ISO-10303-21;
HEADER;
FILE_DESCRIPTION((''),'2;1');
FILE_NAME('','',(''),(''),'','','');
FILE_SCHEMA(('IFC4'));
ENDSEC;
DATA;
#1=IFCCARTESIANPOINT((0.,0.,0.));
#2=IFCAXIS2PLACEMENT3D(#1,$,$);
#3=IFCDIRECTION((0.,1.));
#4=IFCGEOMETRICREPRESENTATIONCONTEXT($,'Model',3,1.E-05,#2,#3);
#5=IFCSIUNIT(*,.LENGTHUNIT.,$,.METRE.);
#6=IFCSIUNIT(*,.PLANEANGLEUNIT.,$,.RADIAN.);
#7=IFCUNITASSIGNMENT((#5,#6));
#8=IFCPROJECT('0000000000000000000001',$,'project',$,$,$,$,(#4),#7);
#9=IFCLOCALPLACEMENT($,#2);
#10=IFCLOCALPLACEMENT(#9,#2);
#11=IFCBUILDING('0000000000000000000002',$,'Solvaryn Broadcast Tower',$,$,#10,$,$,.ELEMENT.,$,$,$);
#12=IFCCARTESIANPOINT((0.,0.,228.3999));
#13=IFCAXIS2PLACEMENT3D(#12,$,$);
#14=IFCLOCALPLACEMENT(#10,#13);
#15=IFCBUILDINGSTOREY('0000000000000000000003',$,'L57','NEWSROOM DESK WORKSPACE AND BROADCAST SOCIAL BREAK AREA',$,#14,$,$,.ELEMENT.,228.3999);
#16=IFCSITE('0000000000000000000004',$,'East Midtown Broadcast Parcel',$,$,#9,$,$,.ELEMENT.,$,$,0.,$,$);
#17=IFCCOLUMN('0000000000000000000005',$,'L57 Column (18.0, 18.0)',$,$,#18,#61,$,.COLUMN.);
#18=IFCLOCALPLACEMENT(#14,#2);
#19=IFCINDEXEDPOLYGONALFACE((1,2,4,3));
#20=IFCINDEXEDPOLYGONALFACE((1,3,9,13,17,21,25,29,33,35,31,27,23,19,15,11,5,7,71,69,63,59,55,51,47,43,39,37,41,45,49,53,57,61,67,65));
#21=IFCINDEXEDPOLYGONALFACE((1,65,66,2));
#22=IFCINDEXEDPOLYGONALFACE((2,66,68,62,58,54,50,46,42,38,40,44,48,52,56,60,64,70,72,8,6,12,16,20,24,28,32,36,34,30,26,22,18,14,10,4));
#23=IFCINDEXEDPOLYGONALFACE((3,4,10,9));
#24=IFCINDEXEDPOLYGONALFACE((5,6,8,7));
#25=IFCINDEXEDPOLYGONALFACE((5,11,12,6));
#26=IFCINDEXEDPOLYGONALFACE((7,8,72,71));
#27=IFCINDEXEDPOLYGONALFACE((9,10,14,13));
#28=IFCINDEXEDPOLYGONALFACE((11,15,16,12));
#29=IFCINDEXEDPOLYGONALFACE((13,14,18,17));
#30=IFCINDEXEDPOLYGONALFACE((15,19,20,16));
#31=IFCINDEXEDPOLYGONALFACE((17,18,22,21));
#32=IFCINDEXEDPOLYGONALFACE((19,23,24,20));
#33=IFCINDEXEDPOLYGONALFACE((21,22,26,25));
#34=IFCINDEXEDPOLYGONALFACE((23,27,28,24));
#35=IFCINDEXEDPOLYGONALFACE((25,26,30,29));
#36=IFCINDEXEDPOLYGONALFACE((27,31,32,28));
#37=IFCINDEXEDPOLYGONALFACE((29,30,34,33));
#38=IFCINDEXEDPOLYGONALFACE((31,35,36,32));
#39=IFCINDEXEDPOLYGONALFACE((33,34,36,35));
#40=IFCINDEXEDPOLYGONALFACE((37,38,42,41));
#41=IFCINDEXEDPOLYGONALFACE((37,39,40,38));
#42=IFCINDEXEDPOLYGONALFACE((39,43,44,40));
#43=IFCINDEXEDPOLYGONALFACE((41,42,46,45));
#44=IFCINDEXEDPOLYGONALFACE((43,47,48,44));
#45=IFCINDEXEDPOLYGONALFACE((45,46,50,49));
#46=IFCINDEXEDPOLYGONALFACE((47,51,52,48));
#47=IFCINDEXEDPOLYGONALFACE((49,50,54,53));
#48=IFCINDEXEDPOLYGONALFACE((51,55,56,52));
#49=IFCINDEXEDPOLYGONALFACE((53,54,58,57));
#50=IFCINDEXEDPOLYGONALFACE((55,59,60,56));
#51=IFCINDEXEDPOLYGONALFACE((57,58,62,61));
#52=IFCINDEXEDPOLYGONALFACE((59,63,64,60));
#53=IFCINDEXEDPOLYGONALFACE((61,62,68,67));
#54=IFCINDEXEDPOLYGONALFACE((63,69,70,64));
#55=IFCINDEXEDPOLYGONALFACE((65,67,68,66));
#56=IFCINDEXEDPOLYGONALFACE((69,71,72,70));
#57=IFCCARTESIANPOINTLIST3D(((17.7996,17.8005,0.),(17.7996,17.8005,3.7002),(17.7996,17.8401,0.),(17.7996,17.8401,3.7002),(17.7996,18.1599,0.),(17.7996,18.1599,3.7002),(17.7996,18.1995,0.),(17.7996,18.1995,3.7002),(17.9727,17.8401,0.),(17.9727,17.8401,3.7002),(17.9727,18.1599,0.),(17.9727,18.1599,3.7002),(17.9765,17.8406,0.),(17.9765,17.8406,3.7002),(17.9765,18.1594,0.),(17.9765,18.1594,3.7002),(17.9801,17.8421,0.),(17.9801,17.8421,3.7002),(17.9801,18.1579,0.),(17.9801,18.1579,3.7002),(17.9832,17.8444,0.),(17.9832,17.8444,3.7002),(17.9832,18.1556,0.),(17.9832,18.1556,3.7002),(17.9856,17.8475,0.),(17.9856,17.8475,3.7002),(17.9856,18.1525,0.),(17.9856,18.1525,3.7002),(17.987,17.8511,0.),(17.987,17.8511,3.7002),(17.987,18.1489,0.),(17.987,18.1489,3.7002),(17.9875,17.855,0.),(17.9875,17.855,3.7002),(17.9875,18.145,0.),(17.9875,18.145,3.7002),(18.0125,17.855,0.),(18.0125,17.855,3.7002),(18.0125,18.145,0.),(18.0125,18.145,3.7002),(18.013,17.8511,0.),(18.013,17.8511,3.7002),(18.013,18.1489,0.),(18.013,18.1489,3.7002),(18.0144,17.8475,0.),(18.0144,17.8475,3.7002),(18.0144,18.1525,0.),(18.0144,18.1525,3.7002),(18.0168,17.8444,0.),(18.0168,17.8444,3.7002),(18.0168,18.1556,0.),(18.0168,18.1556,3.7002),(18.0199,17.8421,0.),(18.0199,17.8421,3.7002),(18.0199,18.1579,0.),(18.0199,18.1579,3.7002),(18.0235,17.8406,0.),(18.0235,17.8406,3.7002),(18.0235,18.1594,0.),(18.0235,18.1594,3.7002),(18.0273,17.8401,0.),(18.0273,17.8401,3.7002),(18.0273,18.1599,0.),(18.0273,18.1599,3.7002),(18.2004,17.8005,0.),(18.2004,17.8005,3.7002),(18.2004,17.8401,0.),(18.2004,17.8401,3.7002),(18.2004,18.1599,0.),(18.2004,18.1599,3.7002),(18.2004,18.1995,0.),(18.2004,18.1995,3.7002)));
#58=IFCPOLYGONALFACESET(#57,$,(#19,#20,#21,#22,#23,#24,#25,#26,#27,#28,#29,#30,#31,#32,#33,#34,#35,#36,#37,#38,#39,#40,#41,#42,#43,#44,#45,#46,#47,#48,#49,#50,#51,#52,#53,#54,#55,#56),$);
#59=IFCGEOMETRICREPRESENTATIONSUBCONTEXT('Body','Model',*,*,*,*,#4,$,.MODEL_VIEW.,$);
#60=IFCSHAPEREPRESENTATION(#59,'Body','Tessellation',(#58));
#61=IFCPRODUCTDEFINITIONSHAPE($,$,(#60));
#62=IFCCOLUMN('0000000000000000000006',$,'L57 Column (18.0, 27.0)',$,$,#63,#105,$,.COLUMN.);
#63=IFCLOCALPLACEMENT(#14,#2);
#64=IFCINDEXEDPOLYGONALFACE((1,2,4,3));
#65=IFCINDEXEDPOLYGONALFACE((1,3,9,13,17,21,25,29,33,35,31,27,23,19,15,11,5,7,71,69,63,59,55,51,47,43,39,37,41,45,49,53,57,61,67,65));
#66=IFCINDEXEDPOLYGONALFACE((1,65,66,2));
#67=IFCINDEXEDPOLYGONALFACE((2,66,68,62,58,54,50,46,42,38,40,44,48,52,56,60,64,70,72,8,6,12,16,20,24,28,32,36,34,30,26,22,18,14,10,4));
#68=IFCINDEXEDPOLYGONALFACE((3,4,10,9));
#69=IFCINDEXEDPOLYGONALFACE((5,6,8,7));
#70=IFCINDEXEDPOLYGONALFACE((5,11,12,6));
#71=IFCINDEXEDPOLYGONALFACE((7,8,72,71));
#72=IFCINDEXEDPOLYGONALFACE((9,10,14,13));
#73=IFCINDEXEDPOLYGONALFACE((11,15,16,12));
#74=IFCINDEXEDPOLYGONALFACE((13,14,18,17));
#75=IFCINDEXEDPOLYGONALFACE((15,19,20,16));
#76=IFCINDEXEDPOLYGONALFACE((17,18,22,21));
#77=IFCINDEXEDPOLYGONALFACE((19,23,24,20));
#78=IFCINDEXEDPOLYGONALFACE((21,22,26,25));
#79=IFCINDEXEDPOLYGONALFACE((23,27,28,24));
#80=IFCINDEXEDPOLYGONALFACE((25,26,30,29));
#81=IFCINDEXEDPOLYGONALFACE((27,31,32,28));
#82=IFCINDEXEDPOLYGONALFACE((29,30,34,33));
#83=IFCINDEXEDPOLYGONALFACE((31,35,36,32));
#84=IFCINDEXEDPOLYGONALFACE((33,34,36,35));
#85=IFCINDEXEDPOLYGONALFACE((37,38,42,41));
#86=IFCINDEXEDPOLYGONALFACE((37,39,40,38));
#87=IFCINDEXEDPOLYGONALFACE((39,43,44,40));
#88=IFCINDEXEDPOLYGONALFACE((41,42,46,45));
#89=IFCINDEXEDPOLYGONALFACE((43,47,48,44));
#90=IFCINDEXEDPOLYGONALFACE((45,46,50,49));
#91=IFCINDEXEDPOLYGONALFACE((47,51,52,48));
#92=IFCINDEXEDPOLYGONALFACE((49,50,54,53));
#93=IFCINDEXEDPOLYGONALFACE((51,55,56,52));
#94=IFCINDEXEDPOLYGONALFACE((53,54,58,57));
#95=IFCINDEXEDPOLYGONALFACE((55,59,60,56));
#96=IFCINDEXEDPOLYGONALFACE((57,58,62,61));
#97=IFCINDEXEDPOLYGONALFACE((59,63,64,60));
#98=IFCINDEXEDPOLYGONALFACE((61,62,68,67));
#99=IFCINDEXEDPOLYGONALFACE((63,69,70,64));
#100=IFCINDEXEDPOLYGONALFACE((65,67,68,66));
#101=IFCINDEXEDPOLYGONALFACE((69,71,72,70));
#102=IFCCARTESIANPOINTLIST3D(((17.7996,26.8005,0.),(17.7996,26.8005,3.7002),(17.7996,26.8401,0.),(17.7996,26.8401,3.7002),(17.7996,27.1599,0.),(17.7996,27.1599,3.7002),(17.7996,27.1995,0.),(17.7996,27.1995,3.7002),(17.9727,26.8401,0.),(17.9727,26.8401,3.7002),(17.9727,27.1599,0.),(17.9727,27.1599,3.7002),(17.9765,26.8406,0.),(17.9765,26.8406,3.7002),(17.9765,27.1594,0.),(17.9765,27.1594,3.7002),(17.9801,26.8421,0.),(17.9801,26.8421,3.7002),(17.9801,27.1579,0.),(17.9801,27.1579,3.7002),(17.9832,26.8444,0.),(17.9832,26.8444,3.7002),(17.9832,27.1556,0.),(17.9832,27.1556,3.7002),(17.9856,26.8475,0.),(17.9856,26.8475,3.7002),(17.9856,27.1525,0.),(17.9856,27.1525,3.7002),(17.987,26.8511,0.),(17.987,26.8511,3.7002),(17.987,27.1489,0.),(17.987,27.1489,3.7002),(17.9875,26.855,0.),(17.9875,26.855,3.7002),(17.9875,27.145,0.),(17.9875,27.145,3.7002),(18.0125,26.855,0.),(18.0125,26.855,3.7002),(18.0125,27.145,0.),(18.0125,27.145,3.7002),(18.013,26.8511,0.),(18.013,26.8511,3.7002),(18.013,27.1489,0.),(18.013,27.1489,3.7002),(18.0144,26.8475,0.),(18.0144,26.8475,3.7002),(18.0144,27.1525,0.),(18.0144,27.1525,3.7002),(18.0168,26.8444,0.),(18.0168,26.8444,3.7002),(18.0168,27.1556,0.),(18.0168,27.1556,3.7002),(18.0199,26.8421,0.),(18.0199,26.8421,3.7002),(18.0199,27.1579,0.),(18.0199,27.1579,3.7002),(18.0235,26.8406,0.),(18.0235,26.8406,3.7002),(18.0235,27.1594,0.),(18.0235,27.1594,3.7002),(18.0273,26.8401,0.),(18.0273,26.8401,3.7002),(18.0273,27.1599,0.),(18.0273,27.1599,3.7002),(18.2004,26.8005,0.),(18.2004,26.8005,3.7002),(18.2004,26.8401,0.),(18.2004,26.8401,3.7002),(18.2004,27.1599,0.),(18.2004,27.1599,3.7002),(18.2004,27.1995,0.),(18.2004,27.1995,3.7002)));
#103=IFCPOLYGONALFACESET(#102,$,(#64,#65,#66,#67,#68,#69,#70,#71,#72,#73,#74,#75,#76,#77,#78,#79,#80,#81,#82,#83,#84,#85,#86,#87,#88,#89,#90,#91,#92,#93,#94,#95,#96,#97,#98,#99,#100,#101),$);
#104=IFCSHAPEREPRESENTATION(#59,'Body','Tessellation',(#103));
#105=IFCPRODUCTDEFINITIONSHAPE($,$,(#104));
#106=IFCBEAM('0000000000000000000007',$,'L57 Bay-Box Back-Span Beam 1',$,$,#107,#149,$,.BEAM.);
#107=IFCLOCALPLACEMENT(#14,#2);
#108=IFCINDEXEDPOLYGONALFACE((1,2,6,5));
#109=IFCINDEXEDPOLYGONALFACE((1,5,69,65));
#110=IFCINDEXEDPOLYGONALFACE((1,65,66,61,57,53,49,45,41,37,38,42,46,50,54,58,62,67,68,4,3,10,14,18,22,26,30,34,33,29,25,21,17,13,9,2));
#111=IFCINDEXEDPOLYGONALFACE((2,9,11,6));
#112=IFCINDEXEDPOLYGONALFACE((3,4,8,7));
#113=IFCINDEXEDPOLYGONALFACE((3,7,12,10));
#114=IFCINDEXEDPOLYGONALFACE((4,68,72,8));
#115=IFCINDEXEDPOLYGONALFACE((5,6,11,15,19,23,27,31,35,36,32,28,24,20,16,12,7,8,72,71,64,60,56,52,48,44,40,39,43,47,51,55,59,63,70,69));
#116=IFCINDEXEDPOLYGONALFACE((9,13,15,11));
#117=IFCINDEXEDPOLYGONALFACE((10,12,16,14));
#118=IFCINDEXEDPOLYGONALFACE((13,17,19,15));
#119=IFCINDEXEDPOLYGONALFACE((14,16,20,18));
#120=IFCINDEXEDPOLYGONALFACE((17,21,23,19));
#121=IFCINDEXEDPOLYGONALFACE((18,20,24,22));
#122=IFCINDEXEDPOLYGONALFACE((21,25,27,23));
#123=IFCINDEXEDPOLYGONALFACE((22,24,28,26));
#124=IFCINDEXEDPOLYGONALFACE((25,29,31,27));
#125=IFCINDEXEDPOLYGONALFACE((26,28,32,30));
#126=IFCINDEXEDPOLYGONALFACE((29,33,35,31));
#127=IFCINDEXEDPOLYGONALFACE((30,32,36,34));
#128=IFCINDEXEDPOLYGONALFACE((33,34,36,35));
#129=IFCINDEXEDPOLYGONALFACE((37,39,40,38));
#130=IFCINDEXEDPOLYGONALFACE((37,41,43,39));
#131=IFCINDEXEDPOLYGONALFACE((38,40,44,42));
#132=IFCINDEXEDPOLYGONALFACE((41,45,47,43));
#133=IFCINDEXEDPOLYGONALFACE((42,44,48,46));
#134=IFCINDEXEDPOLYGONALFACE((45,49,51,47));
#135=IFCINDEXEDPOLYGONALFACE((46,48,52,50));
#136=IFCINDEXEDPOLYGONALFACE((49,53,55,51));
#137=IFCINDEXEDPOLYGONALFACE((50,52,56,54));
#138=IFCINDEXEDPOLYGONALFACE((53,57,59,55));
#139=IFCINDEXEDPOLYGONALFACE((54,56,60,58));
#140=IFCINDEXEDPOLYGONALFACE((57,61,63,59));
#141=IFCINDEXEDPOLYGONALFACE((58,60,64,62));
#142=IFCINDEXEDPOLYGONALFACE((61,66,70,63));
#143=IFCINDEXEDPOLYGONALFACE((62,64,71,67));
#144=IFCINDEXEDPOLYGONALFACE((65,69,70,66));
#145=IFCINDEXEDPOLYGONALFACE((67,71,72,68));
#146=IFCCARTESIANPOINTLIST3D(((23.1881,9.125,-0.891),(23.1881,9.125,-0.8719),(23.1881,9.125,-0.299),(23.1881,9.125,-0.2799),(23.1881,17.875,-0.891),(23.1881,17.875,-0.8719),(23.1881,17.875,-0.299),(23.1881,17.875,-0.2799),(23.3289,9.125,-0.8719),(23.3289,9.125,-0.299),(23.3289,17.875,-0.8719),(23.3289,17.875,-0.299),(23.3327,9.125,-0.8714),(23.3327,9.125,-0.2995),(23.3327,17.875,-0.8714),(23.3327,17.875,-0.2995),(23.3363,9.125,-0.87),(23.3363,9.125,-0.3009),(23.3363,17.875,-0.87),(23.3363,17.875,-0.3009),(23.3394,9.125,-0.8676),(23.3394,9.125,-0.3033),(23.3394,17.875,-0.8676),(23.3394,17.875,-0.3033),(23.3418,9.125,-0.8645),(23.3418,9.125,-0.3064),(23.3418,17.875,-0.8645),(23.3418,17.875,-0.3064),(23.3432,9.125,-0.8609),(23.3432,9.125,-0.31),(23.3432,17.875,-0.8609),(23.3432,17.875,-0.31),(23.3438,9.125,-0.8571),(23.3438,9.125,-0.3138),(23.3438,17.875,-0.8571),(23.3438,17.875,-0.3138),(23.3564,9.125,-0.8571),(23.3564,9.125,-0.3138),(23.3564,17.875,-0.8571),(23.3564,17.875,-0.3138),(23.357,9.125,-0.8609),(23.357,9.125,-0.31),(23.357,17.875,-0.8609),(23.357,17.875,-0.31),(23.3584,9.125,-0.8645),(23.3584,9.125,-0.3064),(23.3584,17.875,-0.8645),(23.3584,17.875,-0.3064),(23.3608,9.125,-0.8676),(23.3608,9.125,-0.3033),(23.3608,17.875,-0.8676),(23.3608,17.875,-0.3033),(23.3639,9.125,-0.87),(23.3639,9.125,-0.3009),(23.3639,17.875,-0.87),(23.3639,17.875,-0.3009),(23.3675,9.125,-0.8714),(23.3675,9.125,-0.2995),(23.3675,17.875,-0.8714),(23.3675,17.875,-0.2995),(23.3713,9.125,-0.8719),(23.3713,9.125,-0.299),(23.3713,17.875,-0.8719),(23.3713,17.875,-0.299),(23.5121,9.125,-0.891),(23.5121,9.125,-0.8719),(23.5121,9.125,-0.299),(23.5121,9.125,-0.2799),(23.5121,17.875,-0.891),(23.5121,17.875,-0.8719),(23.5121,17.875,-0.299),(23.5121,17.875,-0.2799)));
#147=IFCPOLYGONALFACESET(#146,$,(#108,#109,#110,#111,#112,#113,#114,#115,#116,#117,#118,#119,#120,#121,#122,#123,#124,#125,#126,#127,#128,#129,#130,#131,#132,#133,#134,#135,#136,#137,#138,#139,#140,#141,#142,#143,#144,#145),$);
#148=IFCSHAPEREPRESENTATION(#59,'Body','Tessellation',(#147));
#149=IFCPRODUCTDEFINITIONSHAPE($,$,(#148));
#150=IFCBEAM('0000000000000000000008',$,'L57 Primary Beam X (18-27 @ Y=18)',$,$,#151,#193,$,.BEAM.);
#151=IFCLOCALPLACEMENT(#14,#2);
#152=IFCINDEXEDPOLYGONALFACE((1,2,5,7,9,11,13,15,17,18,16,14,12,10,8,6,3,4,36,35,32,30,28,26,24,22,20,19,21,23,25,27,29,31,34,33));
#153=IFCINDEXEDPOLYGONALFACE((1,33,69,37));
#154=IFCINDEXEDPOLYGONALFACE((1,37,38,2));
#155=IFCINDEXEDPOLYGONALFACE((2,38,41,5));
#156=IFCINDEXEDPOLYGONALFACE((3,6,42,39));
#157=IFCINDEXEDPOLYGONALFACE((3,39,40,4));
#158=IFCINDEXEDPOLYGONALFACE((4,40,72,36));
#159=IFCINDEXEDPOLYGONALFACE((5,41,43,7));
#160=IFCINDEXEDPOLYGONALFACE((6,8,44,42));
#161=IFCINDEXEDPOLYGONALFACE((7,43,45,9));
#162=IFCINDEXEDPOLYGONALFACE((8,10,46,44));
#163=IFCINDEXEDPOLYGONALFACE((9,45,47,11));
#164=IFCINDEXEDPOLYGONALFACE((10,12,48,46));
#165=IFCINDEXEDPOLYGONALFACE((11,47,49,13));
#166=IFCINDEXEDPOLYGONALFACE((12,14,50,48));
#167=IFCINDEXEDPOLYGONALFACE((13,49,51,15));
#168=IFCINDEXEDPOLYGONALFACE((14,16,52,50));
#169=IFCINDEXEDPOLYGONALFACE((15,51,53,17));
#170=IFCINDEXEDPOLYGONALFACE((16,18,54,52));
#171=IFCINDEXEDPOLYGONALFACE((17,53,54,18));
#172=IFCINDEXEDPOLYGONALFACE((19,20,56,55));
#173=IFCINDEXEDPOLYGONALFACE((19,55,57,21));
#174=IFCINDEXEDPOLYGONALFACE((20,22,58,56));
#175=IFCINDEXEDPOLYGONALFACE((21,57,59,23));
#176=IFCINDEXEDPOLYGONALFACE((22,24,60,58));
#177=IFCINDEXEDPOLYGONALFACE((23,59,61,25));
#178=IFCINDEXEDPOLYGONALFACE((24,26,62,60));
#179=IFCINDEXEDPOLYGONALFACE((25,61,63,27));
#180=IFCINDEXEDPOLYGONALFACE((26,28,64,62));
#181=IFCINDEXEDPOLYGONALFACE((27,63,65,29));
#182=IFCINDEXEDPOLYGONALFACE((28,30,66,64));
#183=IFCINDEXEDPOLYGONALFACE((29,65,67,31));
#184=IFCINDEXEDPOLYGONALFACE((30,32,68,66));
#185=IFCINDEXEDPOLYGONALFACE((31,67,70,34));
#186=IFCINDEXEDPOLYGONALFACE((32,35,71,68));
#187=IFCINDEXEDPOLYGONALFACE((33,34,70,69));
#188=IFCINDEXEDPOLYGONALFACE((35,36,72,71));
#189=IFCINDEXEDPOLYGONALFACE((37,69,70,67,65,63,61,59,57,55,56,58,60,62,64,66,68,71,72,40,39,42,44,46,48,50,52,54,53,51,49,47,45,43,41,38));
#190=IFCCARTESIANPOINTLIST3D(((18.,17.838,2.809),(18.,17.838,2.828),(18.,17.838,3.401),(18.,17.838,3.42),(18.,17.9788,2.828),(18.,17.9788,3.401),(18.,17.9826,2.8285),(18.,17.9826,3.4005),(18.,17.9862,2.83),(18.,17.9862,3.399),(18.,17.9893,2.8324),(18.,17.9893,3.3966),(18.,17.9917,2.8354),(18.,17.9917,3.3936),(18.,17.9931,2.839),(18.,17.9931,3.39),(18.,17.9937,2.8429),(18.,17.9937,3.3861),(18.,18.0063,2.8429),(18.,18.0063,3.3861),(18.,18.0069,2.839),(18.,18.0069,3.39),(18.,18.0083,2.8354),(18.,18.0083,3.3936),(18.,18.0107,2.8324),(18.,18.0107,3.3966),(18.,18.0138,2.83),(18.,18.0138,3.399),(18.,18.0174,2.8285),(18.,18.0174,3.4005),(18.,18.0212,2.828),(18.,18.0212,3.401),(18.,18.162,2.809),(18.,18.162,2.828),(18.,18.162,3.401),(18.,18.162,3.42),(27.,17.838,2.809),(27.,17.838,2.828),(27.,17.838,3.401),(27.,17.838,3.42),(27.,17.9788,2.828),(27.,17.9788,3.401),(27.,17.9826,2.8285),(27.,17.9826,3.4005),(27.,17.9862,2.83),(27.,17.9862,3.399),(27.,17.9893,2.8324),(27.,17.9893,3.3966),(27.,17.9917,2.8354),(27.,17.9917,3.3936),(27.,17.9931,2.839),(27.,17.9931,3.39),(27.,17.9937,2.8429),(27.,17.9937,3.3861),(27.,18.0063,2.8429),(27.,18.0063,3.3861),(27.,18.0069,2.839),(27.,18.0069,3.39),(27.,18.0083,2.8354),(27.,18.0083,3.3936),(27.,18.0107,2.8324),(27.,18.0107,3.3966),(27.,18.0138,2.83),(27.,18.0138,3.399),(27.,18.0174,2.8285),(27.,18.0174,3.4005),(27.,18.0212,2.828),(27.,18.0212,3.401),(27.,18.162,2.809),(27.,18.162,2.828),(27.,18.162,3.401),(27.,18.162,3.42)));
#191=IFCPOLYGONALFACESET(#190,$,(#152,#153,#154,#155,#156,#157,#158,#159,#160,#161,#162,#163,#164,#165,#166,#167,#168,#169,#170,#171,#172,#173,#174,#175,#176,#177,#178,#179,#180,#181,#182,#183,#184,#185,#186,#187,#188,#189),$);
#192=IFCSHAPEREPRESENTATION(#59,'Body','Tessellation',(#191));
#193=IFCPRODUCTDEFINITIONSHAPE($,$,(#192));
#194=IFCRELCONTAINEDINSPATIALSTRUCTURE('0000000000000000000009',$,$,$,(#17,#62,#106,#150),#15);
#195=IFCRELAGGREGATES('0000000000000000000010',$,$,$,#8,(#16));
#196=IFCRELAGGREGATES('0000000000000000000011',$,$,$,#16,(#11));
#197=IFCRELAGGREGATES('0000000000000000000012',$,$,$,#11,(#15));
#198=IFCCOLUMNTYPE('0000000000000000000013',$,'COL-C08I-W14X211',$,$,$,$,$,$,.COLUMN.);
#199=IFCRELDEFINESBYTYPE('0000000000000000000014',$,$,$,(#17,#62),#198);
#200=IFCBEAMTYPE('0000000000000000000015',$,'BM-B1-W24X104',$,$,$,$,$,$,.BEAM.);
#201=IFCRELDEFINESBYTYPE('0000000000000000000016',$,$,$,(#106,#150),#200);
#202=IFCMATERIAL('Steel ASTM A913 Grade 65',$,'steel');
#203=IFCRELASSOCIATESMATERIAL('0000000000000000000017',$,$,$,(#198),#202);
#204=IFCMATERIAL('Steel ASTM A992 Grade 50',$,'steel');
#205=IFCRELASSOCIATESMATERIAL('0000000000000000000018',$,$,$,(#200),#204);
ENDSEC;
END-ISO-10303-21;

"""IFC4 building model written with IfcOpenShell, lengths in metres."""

from ifc_helpers import new_model, si_unit, direction, frame, origin, origin_2d, place, context, subcontext, project, spatial, i_section, extrude, material, material_profile, profile_set, type_object, element, save


model = new_model("IFC4")

# Units and contexts
model_context = context("Model", 3, precision=1e-05, world=origin(), true_north=direction((0.0, 1.0)))
body_context = subcontext(model_context, "Body", "Model", "MODEL_VIEW")
ifc_project = project(units=[si_unit("LENGTHUNIT", "METRE"), si_unit("PLANEANGLEUNIT", "RADIAN")], contexts=[model_context])

# Site, building, storey
site_placement = place(None, origin())
site = spatial("IfcSite", under=ifc_project, at=site_placement, Name="East Midtown Broadcast Parcel", CompositionType="ELEMENT", RefElevation=0.0)
building_placement = place(site_placement, origin())
building = spatial("IfcBuilding", under=site, at=building_placement, Name="Solvaryn Broadcast Tower", CompositionType="ELEMENT")
storey_placement = place(building_placement, frame((0.0, 0.0, 228.3999)))
storey = spatial("IfcBuildingStorey", under=building, at=storey_placement, Name="L57", Description="NEWSROOM DESK WORKSPACE AND BROADCAST SOCIAL BREAK AREA", CompositionType="ELEMENT", Elevation=228.3999)

# Columns
ifc_material_1 = material(Name="Steel ASTM A913 Grade 65", Category="steel")
ifc_material_profile_1 = material_profile(ifc_material_1, i_section(OverallWidth=0.4009, OverallDepth=0.3989, WebThickness=0.0249, FlangeThickness=0.0396, FilletRadius=0.0149, at=origin_2d()))
ifc_profile_set_1 = profile_set([ifc_material_profile_1], Name="Steel ASTM A913 Grade 65")
column_type = type_object("IfcColumnType", Name="COL-C08I-W14X211", PredefinedType="COLUMN", material=ifc_profile_set_1)
for number, where, z_axis, x_axis, name in (
    (1, (18.0, 18.0, 0.0), (0.0, 0.0, 1.0), (1.0, 0.0, 0.0), "L57 Column (18.0, 18.0)"),
    (2, (18.0, 27.0, 0.0), (0.0, 0.0, 1.0), (1.0, 0.0, 0.0), "L57 Column (18.0, 27.0)"),
):
    element("IfcColumn", number, at=place(storey_placement, frame(where, z_axis=z_axis, x_axis=x_axis)), inside=storey, type_object=column_type, Name=name, PredefinedType="COLUMN", context=body_context, shape_type="SweptSolid", body=[
        extrude(i_section(OverallWidth=0.4009, OverallDepth=0.3989, WebThickness=0.0249, FlangeThickness=0.0396, FilletRadius=0.0149, at=origin_2d()), origin(), (0.0, 0.0, 1.0), 3.7002),
    ])

# Beams
ifc_material_2 = material(Name="Steel ASTM A992 Grade 50", Category="steel")
ifc_material_profile_2 = material_profile(ifc_material_2, i_section(OverallWidth=0.324, OverallDepth=0.6111, WebThickness=0.0127, FlangeThickness=0.019, FilletRadius=0.0149, at=origin_2d()))
ifc_profile_set_2 = profile_set([ifc_material_profile_2], Name="Steel ASTM A992 Grade 50")
beam_type_1 = type_object("IfcBeamType", Name="BM-B1-W24X104", PredefinedType="BEAM", material=ifc_profile_set_2)
beam_1_placement = place(storey_placement, frame((23.3501, 17.875, -0.5854), z_axis=(0.0, -1.0, 0.0), x_axis=(1.0, 0.0, 0.0)))
element("IfcBeam", 3, at=beam_1_placement, inside=storey, type_object=beam_type_1, Name="L57 Bay-Box Back-Span Beam 1", PredefinedType="BEAM", context=body_context, shape_type="SweptSolid", body=[
    extrude(i_section(OverallWidth=0.324, OverallDepth=0.6111, WebThickness=0.0127, FlangeThickness=0.019, FilletRadius=0.0149, at=origin_2d()), origin(), (0.0, 0.0, 1.0), 8.75),
])
for number, where, z_axis, x_axis, name in (
    (4, (18.0, 18.0, 3.1145), (1.0, 0.0, 0.0), (0.0, 1.0, 0.0), "L57 Primary Beam X (18-27 @ Y=18)"),
):
    element("IfcBeam", number, at=place(storey_placement, frame(where, z_axis=z_axis, x_axis=x_axis)), inside=storey, type_object=beam_type_1, Name=name, PredefinedType="BEAM", context=body_context, shape_type="SweptSolid", body=[
        extrude(i_section(OverallWidth=0.324, OverallDepth=0.6111, WebThickness=0.0127, FlangeThickness=0.019, FilletRadius=0.0149, at=origin_2d()), origin(), (0.0, 0.0, 1.0), 9.0),
    ])

save(model, "model.ifc")
